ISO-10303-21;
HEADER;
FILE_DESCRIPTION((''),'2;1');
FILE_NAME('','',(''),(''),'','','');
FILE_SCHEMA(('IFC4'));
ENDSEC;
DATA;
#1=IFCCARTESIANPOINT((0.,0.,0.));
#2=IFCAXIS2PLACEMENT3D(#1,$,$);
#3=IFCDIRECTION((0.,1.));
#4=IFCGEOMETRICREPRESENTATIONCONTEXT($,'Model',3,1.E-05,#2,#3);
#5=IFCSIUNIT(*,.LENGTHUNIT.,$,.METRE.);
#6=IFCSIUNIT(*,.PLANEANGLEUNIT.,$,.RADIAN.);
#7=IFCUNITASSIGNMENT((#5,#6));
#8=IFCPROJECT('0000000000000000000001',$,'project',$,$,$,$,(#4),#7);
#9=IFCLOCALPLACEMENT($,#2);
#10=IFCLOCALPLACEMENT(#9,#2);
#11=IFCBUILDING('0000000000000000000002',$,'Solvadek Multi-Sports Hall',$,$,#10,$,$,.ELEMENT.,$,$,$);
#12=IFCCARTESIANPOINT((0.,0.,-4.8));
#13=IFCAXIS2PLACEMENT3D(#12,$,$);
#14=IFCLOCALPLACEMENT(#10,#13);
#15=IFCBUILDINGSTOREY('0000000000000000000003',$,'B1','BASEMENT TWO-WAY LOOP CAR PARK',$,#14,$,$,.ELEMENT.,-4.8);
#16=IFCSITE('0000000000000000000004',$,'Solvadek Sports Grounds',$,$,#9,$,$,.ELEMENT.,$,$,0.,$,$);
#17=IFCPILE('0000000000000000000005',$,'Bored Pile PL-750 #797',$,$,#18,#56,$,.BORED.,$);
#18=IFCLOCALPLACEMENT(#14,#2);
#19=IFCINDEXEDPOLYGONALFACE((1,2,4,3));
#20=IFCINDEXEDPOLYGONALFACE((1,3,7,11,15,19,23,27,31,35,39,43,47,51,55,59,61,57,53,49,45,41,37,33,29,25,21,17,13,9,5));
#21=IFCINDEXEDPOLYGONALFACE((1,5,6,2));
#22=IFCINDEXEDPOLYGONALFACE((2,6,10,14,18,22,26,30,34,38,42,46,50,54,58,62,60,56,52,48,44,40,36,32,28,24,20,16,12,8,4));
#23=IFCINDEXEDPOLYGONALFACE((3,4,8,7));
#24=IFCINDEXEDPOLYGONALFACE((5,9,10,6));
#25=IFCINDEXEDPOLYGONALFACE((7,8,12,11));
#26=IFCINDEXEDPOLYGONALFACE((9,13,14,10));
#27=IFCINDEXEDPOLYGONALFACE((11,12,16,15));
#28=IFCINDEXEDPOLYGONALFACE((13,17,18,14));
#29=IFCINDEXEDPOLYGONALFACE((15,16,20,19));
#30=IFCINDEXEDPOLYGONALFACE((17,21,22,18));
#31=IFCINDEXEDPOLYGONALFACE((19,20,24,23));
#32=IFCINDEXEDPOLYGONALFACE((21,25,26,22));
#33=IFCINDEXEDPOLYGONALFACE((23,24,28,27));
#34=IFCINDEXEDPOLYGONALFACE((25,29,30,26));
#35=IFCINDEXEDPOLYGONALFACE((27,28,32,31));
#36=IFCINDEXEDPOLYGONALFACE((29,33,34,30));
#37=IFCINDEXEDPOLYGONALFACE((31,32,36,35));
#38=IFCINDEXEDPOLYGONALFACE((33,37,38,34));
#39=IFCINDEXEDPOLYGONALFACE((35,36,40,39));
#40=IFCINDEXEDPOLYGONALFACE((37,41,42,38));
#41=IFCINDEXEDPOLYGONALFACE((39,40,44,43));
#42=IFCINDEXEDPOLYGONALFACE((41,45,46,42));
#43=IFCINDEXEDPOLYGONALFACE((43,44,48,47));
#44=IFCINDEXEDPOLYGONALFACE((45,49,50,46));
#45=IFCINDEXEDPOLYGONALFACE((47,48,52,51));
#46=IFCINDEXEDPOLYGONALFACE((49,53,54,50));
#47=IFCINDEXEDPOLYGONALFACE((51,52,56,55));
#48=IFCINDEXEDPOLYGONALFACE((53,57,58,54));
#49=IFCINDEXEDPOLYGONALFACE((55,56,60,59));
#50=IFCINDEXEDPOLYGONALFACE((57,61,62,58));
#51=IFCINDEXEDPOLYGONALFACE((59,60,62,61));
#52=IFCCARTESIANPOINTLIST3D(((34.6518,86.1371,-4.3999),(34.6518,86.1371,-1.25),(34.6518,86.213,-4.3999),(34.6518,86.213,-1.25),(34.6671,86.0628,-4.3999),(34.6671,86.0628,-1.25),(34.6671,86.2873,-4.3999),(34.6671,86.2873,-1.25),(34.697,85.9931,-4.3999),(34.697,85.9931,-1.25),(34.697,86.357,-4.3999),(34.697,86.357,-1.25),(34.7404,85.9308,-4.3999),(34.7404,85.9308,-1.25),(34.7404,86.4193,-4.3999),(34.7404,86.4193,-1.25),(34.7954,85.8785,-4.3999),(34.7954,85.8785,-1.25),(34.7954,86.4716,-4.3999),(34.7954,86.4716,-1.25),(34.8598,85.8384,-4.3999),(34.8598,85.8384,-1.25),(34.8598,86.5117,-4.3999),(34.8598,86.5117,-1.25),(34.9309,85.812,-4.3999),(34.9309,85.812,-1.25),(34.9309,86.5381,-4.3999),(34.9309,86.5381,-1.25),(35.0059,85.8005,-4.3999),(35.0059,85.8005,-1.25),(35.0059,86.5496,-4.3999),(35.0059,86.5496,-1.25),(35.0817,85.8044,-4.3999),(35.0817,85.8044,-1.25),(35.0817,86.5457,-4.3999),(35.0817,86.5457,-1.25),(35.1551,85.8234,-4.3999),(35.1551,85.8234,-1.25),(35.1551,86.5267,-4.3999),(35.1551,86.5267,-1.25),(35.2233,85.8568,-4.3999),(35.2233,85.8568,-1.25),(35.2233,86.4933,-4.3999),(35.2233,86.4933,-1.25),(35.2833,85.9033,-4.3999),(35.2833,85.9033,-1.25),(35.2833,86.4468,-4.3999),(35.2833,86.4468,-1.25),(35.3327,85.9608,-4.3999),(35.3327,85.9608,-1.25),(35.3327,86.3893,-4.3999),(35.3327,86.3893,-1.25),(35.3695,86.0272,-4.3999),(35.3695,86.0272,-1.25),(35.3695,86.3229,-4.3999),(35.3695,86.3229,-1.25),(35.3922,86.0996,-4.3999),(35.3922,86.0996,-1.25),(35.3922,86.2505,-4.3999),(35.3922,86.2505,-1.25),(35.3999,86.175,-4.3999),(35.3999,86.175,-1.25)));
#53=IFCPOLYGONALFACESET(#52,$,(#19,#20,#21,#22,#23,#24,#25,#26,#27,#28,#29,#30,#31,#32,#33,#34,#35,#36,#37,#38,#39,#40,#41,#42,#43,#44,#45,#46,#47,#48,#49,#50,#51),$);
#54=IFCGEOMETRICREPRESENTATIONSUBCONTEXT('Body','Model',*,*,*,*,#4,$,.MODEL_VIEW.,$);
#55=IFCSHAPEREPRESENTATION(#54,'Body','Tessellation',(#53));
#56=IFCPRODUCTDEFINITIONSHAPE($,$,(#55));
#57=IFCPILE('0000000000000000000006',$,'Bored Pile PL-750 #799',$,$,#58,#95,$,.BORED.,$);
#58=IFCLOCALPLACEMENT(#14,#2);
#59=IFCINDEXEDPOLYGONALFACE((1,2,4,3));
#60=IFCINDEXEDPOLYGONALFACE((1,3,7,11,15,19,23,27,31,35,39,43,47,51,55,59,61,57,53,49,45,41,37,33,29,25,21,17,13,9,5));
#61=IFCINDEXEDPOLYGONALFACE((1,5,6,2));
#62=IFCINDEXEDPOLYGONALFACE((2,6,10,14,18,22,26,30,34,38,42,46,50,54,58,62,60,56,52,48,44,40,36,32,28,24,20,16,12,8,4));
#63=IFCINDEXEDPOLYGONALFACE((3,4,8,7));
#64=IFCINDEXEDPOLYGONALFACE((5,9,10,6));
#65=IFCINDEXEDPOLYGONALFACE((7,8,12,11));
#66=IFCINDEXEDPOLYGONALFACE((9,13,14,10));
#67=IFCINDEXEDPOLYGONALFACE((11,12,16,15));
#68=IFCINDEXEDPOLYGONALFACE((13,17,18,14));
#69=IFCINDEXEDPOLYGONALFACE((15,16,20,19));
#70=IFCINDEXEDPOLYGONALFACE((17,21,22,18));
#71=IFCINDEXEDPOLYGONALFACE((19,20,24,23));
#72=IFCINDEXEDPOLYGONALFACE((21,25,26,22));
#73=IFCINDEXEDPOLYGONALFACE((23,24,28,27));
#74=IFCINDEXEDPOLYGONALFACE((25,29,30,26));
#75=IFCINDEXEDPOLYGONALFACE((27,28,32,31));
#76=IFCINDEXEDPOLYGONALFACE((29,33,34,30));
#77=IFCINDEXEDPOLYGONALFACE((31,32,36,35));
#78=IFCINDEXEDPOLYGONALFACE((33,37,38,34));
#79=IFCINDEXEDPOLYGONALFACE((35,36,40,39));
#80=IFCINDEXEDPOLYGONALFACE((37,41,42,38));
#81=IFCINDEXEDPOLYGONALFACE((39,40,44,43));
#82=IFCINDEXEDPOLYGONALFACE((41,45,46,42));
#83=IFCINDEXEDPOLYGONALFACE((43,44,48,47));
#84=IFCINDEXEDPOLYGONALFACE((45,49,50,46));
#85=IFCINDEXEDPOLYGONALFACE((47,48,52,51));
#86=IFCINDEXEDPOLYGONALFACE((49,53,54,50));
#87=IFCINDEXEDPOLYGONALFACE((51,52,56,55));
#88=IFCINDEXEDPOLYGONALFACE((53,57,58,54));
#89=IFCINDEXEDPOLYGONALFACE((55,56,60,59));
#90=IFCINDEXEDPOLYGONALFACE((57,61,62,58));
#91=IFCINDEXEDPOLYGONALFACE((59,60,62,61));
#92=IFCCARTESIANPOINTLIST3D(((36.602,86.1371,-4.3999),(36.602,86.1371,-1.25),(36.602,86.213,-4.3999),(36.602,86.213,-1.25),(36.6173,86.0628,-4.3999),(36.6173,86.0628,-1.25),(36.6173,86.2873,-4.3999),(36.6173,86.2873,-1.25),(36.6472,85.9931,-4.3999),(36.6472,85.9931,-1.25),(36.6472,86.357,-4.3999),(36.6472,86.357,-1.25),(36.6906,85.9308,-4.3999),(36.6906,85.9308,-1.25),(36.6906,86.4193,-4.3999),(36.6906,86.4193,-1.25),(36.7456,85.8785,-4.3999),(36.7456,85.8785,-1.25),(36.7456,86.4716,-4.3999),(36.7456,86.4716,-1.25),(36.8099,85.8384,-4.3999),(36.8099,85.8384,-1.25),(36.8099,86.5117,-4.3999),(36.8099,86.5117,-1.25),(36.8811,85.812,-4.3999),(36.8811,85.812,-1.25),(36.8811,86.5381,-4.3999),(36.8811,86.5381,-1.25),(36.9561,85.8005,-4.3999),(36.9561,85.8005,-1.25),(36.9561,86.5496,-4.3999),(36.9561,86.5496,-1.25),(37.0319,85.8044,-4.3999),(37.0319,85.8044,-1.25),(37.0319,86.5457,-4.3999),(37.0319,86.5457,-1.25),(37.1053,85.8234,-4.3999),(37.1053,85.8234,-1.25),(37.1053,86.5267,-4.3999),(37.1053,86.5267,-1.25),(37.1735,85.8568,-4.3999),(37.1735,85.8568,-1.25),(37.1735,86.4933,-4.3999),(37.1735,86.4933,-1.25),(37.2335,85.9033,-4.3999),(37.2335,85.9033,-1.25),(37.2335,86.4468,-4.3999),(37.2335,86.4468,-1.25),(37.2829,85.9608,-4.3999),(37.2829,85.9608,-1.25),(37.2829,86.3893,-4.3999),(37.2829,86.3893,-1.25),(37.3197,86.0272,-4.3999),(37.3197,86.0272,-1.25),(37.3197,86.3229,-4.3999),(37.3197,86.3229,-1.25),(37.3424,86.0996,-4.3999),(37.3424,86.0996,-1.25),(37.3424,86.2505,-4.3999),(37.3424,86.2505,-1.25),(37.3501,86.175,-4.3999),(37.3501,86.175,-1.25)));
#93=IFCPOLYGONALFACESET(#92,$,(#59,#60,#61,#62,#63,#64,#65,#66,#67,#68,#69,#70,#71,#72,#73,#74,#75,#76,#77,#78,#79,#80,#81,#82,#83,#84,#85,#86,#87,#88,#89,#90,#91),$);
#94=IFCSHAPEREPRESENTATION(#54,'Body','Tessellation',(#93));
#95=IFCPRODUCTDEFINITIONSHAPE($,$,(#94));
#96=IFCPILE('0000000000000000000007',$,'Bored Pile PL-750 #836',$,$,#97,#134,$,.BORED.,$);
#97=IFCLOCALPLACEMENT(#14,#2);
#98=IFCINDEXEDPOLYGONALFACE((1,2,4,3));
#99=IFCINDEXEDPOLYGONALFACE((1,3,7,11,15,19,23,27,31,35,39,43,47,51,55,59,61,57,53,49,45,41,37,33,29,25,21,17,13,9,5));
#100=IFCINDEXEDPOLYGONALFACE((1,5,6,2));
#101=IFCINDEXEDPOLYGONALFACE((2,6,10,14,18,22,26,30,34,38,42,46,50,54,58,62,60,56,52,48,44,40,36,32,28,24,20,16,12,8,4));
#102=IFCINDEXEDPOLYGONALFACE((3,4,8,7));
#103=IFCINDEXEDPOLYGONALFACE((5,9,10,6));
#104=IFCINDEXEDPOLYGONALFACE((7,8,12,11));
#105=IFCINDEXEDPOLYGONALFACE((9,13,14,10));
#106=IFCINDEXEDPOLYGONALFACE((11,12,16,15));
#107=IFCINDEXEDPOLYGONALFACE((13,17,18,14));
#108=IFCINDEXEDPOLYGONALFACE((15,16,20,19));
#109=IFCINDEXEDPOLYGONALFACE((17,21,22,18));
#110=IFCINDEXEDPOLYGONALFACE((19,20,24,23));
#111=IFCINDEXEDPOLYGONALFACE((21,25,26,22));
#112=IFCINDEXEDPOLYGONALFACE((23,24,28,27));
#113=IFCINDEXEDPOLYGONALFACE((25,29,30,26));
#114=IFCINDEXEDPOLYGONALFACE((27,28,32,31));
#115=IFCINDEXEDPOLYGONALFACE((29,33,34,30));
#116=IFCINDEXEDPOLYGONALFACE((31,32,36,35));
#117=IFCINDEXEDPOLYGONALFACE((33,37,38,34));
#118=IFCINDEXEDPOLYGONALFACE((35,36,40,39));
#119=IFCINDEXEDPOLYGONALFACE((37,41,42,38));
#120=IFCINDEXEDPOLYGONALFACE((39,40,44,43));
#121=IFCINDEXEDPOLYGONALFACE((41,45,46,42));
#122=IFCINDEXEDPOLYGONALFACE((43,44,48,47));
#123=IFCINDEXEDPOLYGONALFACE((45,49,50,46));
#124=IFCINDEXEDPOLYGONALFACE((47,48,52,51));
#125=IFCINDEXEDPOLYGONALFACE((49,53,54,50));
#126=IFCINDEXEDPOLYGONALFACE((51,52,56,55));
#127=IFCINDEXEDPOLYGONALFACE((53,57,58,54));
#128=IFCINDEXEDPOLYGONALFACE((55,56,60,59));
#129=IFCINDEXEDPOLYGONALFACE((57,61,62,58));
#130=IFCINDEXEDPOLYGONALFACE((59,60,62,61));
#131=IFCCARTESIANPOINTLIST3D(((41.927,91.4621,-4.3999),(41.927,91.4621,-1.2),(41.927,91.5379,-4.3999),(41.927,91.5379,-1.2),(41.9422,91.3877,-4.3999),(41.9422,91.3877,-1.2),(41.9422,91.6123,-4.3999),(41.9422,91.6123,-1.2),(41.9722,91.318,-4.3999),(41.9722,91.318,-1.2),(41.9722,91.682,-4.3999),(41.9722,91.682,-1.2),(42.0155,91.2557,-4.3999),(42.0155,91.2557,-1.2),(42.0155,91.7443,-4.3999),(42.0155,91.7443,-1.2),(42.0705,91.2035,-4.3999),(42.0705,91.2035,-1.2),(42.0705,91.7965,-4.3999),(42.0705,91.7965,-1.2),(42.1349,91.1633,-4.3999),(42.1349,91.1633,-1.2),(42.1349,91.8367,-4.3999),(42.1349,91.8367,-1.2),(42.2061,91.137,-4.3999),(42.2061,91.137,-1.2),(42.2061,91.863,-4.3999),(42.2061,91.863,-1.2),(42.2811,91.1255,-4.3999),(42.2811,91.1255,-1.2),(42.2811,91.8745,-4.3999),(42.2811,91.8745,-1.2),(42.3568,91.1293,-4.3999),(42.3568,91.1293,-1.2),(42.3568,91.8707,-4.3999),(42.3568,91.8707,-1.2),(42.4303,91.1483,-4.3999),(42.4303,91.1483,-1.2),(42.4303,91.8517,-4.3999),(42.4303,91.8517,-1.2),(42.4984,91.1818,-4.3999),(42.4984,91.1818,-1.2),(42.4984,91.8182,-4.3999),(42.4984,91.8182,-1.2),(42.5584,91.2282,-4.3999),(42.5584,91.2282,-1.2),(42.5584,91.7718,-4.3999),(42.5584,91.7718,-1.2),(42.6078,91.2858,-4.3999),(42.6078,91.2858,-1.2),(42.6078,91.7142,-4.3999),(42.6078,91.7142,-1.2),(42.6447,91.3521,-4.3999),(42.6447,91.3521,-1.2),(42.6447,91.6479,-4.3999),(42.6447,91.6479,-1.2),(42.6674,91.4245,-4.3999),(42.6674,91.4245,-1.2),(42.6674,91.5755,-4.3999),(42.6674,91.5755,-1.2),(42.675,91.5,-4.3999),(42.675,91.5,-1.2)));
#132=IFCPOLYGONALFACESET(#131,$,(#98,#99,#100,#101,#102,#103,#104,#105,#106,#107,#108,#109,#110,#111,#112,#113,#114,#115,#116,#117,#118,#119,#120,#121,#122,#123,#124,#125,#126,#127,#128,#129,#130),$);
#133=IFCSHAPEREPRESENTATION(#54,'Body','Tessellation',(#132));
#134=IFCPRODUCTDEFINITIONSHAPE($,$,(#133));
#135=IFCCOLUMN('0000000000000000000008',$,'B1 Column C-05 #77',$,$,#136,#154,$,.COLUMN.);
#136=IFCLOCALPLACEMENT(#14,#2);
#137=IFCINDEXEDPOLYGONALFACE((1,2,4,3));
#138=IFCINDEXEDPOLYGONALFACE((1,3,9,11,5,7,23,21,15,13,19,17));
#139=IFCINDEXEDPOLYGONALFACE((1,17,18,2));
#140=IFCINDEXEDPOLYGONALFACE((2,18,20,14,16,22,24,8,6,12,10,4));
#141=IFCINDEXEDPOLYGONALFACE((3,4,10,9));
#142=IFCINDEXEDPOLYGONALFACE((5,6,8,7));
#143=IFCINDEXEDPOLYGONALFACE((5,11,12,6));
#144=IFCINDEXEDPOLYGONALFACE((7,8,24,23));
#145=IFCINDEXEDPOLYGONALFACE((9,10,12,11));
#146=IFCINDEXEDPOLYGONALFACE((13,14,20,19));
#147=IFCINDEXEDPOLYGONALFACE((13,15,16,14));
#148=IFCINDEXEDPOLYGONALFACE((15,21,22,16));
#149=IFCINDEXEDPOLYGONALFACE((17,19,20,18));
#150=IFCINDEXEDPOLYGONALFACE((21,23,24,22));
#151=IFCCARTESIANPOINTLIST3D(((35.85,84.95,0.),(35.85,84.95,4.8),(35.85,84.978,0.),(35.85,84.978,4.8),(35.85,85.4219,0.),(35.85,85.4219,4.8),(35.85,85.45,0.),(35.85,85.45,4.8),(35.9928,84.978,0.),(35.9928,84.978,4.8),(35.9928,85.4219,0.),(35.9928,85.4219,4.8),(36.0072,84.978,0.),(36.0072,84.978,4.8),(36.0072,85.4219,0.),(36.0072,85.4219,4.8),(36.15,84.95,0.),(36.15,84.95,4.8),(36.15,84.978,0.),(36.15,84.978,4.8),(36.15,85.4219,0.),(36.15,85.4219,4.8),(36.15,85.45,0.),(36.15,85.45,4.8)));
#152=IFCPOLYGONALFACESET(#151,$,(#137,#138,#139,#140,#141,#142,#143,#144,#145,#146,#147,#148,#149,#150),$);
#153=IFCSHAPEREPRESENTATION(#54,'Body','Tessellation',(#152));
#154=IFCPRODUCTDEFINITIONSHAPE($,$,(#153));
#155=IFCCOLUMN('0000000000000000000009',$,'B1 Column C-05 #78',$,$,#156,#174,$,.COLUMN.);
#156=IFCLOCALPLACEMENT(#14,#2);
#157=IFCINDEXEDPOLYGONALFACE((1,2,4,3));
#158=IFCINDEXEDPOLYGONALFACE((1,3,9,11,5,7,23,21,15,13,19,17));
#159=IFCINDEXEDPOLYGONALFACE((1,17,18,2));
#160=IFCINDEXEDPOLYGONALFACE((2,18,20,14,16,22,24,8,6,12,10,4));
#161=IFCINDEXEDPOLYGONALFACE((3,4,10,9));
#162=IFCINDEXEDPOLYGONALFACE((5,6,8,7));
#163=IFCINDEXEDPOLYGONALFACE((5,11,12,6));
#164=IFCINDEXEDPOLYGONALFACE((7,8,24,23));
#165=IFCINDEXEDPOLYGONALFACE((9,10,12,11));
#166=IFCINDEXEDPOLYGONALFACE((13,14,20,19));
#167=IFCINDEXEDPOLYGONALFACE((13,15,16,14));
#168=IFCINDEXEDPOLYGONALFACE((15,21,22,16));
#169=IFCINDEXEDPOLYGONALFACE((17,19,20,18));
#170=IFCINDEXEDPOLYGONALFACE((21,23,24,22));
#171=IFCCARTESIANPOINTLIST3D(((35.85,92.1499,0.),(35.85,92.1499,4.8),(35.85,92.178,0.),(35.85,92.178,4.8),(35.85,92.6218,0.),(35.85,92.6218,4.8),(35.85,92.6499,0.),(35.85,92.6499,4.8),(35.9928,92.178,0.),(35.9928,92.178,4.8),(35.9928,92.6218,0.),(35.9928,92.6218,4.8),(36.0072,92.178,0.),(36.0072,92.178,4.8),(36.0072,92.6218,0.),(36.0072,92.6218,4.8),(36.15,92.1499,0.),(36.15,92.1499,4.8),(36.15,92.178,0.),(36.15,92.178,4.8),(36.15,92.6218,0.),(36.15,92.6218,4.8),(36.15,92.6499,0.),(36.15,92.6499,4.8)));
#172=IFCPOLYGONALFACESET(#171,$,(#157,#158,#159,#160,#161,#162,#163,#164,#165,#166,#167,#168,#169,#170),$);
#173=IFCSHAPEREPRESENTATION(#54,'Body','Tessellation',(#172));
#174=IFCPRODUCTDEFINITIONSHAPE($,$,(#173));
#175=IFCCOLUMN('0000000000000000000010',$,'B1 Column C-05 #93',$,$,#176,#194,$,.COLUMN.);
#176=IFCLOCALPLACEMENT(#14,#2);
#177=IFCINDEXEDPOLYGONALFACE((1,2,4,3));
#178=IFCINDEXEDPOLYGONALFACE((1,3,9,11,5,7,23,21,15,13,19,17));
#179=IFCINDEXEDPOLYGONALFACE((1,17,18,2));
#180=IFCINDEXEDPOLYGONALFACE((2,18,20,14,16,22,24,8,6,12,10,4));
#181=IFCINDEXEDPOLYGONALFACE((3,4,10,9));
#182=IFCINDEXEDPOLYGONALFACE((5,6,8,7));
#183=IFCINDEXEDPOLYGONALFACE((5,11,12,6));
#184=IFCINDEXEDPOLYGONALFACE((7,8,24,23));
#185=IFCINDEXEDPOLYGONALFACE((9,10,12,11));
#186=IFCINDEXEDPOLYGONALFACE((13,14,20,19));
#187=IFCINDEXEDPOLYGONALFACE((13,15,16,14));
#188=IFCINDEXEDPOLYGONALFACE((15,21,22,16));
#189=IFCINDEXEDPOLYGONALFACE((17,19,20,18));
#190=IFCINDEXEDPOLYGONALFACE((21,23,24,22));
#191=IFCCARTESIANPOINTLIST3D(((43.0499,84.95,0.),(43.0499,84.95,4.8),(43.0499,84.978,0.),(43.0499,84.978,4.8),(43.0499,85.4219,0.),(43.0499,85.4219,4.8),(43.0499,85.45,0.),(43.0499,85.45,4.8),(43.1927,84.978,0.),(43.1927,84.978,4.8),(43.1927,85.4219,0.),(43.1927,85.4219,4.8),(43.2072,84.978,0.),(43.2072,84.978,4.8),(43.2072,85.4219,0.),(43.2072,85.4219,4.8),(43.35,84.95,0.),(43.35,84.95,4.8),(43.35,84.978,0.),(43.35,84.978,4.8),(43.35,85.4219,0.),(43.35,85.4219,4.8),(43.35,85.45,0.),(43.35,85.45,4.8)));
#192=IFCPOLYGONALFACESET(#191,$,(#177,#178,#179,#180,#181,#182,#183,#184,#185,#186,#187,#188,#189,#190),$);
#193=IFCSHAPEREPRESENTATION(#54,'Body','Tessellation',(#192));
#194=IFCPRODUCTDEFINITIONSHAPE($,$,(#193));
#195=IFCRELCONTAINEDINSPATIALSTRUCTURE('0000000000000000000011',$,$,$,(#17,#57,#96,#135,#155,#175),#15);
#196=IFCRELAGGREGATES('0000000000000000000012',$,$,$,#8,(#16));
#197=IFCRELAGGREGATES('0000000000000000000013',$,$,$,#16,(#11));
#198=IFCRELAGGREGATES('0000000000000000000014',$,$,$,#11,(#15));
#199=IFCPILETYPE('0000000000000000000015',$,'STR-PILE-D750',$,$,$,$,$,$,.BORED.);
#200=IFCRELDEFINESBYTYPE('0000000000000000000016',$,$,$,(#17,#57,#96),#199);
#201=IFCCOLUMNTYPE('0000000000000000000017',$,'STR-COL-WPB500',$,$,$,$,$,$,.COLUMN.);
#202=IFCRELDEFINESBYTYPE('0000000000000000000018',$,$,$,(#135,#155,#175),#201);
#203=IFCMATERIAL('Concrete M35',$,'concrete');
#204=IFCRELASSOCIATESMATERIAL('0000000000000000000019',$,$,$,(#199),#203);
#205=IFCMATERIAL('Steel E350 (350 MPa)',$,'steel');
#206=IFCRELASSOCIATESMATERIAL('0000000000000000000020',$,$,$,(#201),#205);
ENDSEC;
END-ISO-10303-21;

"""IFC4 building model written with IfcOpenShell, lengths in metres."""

from ifc_helpers import new_model, si_unit, direction, frame, origin, origin_2d, place, context, subcontext, project, spatial, circle, i_section, extrude, material, material_profile, profile_set, type_object, element, save


model = new_model("IFC4")

# Units and contexts
model_context = context("Model", 3, precision=1e-05, world=origin(), true_north=direction((0.0, 1.0)))
body_context = subcontext(model_context, "Body", "Model", "MODEL_VIEW")
ifc_project = project(units=[si_unit("LENGTHUNIT", "METRE"), si_unit("PLANEANGLEUNIT", "RADIAN")], contexts=[model_context])

# Site, building, storey
site_placement = place(None, origin())
site = spatial("IfcSite", under=ifc_project, at=site_placement, Name="Solvadek Sports Grounds", CompositionType="ELEMENT", RefElevation=0.0)
building_placement = place(site_placement, origin())
building = spatial("IfcBuilding", under=site, at=building_placement, Name="Solvadek Multi-Sports Hall", CompositionType="ELEMENT")
storey_placement = place(building_placement, frame((0.0, 0.0, -4.8)))
storey = spatial("IfcBuildingStorey", under=building, at=storey_placement, Name="B1", Description="BASEMENT TWO-WAY LOOP CAR PARK", CompositionType="ELEMENT", Elevation=-4.8)

# Piles
ifc_material_1 = material(Name="Concrete M35", Category="concrete")
ifc_material_profile_1 = material_profile(ifc_material_1, circle(Radius=0.375, at=origin_2d()), Name="BORED PILE D750")
ifc_profile_set_1 = profile_set([ifc_material_profile_1], Name="Concrete M35")
pile_type_1 = type_object("IfcPileType", Name="STR-PILE-D750", PredefinedType="BORED", material=ifc_profile_set_1)
for number, where, z_axis, x_axis, name in (
    (1, (35.0249, 86.175, -1.25), (0.0, 0.0, -1.0), (1.0, 0.0, 0.0), "Bored Pile PL-750 #797"),
    (2, (36.9751, 86.175, -1.25), (0.0, 0.0, -1.0), (1.0, 0.0, 0.0), "Bored Pile PL-750 #799"),
):
    element("IfcPile", number, at=place(storey_placement, frame(where, z_axis=z_axis, x_axis=x_axis)), inside=storey, type_object=pile_type_1, Name=name, PredefinedType="BORED", context=body_context, shape_type="SweptSolid", body=[
        extrude(circle(Radius=0.375, at=origin_2d()), origin(), (0.0, 0.0, 1.0), 3.1499),
    ])
pile_placement = place(storey_placement, frame((42.3, 91.5, -1.2), z_axis=(0.0, 0.0, -1.0), x_axis=(1.0, 0.0, 0.0)))
element("IfcPile", 3, at=pile_placement, inside=storey, type_object=pile_type_1, Name="Bored Pile PL-750 #836", PredefinedType="BORED", context=body_context, shape_type="SweptSolid", body=[
    extrude(circle(Radius=0.375, at=origin_2d()), origin(), (0.0, 0.0, 1.0), 3.2),
])

# Columns
ifc_material_2 = material(Name="Steel E350 (350 MPa)", Category="steel")
ifc_material_profile_2 = material_profile(ifc_material_2, i_section(OverallWidth=0.3, OverallDepth=0.5, WebThickness=0.0144, FlangeThickness=0.0281, at=origin_2d()), Name="WPB 500")
ifc_profile_set_2 = profile_set([ifc_material_profile_2], Name="Steel E350 (350 MPa)")
column_type = type_object("IfcColumnType", Name="STR-COL-WPB500", PredefinedType="COLUMN", material=ifc_profile_set_2)
for number, where, z_axis, x_axis, name in (
    (4, (36.0, 85.2, 0.0), (0.0, 0.0, 1.0), (1.0, 0.0, 0.0), "B1 Column C-05 #77"),
    (5, (36.0, 92.3999, 0.0), (0.0, 0.0, 1.0), (1.0, 0.0, 0.0), "B1 Column C-05 #78"),
    (6, (43.2, 85.2, 0.0), (0.0, 0.0, 1.0), (1.0, 0.0, 0.0), "B1 Column C-05 #93"),
):
    element("IfcColumn", number, at=place(storey_placement, frame(where, z_axis=z_axis, x_axis=x_axis)), inside=storey, type_object=column_type, Name=name, PredefinedType="COLUMN", context=body_context, shape_type="SweptSolid", body=[
        extrude(i_section(OverallWidth=0.3, OverallDepth=0.5, WebThickness=0.0144, FlangeThickness=0.0281, at=origin_2d()), origin(), (0.0, 0.0, 1.0), 4.8),
    ])

save(model, "model.ifc")
